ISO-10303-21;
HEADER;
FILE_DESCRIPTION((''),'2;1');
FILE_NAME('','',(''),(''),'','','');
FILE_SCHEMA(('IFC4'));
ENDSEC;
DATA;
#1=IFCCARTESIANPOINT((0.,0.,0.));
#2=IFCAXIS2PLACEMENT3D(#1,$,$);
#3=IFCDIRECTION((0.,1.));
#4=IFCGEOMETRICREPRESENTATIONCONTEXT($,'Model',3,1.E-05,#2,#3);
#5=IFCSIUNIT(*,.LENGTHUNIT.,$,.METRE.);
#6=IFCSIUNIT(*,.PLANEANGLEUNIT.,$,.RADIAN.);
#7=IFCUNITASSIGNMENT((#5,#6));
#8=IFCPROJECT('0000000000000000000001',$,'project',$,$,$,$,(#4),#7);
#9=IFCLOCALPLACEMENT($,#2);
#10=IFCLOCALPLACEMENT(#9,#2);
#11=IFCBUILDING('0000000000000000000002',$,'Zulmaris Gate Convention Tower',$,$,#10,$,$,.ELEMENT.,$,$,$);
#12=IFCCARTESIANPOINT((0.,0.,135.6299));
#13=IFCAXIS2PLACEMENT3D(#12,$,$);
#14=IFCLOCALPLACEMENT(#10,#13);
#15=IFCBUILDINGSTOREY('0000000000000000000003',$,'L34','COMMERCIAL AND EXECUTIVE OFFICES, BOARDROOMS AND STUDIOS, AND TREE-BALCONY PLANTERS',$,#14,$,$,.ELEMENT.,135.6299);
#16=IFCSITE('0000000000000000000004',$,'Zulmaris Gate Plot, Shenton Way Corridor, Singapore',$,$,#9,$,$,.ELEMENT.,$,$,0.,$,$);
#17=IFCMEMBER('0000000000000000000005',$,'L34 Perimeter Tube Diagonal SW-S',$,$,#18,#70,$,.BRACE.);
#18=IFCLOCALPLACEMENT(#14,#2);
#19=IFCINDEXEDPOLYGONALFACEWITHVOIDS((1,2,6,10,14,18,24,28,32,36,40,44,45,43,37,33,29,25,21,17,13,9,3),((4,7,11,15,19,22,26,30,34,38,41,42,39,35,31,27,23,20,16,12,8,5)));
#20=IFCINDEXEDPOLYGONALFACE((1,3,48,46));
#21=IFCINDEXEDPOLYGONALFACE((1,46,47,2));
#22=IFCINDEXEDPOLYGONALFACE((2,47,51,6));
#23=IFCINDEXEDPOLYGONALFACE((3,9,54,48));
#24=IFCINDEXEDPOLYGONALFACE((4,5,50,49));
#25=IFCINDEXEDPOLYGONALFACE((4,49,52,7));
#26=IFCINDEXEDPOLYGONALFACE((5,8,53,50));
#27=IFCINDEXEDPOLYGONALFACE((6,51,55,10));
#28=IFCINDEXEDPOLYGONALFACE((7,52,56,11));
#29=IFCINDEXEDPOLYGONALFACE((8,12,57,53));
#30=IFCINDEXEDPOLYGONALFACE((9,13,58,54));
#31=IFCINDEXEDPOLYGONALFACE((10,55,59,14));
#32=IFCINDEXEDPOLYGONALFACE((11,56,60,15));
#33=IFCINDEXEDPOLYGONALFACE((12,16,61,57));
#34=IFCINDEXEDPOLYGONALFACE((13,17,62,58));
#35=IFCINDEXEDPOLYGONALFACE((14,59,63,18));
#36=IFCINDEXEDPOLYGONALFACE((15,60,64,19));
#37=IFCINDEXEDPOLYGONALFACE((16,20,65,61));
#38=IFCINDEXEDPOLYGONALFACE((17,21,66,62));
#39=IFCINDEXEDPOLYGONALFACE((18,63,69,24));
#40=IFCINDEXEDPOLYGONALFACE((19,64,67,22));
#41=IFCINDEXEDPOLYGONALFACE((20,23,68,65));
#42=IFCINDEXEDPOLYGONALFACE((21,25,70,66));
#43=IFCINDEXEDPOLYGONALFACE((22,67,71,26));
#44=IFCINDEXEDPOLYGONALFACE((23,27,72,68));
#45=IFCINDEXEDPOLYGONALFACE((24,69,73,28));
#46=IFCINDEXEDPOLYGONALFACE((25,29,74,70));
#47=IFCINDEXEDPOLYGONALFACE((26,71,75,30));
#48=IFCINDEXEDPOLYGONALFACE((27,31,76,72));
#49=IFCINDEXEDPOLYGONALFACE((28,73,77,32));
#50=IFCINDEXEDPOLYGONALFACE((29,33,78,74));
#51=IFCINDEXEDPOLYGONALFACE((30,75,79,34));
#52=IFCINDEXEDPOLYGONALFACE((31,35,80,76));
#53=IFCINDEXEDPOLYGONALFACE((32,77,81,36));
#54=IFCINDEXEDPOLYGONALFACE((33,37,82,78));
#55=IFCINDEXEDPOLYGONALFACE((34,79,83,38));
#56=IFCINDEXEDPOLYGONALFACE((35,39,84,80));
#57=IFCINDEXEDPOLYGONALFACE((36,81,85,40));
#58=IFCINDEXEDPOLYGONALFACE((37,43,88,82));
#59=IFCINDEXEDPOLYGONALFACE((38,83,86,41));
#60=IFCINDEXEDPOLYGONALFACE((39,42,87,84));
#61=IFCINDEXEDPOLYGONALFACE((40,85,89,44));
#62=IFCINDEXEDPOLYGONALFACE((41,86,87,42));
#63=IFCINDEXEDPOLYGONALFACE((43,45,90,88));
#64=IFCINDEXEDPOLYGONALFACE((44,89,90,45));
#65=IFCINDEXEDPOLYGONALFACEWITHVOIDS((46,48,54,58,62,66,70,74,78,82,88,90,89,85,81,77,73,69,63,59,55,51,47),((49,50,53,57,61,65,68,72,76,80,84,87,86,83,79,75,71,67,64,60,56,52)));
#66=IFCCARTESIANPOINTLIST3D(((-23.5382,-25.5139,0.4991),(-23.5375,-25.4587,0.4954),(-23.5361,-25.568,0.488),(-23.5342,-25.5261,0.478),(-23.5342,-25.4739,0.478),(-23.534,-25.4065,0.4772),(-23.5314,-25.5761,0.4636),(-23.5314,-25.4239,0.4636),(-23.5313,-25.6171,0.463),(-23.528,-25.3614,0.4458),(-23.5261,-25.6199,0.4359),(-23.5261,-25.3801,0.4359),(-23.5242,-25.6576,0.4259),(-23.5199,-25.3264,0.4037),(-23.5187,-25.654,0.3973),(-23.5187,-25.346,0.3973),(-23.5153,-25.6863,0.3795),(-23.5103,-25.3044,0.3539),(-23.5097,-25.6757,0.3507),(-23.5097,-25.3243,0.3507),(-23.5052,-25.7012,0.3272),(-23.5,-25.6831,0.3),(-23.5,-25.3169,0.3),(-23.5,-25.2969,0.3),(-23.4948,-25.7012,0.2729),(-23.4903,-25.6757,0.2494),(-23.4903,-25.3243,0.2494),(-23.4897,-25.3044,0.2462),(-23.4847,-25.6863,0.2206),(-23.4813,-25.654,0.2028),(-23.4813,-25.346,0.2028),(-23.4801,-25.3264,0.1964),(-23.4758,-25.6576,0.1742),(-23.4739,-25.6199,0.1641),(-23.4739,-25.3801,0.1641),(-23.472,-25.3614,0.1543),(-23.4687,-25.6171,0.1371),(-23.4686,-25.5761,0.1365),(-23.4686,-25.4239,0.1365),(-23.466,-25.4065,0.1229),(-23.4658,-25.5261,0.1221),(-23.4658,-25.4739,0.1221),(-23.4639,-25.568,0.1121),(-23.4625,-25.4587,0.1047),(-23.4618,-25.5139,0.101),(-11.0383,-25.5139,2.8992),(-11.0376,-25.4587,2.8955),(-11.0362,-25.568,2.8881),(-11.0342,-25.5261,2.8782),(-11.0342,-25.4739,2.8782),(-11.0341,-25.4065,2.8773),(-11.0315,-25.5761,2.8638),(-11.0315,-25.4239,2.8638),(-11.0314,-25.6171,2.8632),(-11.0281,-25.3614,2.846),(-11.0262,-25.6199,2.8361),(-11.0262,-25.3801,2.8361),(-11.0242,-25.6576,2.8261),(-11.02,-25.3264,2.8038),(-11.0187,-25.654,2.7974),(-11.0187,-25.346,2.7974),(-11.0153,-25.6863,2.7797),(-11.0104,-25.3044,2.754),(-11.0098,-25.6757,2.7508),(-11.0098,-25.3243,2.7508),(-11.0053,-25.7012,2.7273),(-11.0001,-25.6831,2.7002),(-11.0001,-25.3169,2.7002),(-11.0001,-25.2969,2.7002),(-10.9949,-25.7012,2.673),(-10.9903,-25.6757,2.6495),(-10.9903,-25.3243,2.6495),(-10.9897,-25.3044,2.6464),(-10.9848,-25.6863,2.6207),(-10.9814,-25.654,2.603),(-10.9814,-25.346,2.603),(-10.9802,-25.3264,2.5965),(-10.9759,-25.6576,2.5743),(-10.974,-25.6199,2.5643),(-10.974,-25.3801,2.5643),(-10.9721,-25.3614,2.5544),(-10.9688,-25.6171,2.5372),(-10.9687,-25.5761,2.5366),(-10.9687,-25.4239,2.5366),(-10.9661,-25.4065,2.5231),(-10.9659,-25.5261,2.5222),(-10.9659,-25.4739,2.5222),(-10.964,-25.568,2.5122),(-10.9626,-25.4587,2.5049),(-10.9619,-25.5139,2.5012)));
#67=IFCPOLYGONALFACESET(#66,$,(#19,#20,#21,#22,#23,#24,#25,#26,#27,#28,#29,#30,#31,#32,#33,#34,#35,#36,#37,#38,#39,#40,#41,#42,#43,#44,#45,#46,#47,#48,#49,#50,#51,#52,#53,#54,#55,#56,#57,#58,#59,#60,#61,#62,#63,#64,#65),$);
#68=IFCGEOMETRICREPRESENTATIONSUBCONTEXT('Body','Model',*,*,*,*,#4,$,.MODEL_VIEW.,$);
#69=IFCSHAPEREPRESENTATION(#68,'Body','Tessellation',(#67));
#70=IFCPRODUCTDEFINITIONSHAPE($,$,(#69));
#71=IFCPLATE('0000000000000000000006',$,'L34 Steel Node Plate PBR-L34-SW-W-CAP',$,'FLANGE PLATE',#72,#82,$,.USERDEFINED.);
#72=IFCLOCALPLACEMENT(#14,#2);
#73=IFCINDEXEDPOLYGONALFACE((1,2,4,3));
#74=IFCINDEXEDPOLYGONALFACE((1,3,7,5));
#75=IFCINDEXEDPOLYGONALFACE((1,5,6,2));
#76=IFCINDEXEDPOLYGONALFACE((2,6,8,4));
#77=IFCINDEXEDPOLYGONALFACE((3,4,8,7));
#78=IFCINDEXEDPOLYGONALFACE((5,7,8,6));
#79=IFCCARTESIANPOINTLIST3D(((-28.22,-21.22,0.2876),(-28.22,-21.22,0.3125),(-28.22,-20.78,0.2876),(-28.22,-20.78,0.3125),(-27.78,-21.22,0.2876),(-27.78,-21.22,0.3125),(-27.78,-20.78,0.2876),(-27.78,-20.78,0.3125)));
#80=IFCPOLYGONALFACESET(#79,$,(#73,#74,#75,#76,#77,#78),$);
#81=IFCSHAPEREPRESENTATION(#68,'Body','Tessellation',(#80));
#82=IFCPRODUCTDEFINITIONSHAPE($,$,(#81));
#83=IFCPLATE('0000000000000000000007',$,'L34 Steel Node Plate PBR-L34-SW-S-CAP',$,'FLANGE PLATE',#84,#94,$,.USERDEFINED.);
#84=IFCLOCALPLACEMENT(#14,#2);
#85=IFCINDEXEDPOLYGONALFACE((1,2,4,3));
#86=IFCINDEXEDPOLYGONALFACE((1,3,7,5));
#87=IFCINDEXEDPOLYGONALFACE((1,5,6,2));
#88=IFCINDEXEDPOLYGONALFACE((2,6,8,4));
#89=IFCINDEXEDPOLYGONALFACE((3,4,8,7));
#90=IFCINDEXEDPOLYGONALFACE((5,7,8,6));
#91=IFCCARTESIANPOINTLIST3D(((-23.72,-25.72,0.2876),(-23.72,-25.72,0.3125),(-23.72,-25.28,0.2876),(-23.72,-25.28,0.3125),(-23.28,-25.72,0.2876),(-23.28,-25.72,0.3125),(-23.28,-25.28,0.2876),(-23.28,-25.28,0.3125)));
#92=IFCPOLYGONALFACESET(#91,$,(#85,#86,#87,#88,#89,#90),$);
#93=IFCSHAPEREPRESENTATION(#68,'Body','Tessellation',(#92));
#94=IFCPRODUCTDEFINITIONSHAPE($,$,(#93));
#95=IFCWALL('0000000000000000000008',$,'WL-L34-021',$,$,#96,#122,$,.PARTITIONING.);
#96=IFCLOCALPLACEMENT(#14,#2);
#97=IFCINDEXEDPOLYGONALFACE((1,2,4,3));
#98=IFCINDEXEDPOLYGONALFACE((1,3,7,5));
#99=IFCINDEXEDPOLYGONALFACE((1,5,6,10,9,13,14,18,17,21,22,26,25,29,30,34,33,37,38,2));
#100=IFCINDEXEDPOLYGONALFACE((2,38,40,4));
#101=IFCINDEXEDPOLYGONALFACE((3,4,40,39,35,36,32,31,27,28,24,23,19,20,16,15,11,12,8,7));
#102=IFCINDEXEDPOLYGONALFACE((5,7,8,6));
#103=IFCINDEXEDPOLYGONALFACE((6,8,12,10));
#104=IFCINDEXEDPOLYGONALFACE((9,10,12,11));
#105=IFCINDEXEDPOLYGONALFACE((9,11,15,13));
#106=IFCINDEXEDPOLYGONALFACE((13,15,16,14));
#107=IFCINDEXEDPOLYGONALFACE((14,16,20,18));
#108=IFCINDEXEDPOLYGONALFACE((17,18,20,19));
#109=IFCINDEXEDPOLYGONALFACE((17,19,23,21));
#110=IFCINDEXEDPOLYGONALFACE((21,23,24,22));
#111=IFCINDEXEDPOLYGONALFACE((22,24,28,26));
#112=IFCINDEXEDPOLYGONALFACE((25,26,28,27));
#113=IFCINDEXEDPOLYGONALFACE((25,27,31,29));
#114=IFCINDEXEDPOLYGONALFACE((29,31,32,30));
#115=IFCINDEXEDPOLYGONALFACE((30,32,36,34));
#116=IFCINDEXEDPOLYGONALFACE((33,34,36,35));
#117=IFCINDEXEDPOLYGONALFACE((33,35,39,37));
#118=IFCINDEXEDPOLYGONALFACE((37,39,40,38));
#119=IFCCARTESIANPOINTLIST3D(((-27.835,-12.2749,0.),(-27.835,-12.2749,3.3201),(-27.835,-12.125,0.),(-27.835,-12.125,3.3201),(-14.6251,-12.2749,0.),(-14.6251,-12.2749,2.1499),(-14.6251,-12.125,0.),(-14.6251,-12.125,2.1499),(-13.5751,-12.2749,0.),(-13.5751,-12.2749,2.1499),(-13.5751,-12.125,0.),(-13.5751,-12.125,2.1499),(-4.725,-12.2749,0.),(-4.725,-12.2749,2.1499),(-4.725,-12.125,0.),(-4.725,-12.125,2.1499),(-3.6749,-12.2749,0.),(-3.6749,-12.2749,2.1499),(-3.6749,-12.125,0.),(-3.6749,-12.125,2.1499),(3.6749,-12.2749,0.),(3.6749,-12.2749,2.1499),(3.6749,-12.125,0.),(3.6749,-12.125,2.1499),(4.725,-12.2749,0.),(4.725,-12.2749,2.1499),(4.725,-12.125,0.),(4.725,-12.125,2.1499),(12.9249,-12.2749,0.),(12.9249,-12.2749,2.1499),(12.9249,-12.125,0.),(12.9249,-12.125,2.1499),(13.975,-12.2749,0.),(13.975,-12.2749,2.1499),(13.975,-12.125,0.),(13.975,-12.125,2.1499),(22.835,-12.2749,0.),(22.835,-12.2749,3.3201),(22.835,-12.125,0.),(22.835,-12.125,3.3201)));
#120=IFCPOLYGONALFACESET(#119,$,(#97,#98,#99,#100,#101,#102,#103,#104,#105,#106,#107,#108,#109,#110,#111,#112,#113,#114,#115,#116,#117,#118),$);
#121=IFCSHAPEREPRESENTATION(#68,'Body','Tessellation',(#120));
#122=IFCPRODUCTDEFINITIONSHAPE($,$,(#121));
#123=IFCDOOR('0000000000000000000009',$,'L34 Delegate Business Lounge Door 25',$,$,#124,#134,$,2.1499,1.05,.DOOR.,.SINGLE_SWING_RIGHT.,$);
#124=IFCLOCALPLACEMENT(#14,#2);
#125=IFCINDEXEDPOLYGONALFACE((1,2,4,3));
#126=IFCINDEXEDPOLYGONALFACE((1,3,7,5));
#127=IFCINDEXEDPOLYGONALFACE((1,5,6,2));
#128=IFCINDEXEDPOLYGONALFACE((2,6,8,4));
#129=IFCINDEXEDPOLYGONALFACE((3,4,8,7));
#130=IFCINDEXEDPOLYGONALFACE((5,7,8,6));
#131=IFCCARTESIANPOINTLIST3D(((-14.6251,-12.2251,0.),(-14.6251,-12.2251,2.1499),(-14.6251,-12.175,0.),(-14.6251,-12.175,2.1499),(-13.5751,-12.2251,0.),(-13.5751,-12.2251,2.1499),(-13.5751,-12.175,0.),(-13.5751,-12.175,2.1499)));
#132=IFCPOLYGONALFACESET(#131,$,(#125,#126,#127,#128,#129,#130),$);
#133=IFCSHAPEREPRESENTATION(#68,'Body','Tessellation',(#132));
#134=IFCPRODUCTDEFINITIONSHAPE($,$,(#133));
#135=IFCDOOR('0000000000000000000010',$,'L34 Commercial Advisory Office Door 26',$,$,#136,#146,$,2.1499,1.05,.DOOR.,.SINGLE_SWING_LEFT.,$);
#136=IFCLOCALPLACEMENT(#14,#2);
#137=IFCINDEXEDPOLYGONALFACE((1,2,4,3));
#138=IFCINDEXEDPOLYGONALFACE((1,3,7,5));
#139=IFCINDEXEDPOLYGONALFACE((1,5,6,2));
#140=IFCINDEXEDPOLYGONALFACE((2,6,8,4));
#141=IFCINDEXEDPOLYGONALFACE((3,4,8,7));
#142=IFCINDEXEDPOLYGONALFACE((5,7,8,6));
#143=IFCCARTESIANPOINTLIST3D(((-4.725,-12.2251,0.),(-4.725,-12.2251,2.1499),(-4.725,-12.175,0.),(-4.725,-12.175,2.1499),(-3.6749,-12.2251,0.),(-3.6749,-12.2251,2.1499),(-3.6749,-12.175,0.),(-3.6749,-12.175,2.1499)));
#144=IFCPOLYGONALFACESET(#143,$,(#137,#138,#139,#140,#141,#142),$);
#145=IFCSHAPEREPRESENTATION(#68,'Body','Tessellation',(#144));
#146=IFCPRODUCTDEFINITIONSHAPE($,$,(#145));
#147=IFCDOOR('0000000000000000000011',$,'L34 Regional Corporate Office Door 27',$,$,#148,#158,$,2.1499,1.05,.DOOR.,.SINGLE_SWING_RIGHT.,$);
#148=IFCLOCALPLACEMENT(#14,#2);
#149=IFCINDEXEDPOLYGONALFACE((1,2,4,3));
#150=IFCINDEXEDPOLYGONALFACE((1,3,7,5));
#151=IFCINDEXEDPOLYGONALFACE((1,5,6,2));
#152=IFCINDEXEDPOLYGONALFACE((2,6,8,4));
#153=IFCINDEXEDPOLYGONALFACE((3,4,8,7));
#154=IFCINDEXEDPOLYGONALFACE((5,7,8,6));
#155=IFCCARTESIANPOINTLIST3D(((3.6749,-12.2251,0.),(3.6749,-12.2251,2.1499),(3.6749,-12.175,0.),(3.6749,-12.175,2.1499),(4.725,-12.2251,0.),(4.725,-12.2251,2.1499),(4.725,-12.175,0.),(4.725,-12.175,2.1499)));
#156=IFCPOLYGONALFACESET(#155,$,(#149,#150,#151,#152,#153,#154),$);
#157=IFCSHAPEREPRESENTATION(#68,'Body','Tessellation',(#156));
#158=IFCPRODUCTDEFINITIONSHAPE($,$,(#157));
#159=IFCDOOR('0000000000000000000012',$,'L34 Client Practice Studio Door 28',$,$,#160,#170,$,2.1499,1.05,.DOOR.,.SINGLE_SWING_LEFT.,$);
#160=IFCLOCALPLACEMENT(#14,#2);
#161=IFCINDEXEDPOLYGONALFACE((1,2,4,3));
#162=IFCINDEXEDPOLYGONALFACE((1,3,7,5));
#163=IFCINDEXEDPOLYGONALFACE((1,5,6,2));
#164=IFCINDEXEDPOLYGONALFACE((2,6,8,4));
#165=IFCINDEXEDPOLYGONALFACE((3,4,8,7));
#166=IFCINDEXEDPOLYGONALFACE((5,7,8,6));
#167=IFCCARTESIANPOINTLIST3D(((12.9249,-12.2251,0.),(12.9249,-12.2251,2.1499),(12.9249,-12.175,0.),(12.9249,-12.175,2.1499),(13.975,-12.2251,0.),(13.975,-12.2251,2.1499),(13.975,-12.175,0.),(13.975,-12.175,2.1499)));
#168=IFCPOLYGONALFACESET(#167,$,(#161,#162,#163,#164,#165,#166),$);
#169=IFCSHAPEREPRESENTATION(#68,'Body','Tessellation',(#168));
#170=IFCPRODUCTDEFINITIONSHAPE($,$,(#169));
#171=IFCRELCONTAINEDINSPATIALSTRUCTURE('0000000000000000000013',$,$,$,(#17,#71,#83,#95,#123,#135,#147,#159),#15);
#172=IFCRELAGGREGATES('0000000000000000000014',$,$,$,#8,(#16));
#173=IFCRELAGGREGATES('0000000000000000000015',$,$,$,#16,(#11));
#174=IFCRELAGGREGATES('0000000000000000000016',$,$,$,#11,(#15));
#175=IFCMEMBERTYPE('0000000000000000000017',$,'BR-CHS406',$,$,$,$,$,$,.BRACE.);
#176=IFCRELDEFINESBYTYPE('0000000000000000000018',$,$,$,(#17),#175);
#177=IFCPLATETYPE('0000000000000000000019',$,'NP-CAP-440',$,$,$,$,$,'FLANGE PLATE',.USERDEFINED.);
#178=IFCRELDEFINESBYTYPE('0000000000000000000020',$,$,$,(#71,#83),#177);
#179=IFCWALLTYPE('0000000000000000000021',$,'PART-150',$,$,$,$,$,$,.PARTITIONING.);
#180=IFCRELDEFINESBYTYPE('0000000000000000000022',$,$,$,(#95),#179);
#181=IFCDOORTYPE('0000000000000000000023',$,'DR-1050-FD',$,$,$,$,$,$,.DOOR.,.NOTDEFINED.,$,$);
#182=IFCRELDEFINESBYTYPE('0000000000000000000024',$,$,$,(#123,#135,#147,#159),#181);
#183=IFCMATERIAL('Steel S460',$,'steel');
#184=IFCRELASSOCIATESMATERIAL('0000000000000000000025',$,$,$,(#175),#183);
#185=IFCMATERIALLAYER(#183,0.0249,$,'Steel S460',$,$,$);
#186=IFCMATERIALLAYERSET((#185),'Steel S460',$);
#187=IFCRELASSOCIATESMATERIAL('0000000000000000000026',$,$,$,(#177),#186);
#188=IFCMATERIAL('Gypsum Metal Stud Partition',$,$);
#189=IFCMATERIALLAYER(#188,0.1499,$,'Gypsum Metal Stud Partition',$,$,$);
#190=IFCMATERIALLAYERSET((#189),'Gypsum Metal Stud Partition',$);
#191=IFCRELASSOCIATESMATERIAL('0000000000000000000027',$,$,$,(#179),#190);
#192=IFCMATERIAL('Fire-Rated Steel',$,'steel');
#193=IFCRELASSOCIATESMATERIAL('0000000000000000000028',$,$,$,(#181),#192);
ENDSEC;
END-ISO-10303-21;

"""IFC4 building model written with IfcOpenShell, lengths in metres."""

from ifc_helpers import new_model, si_unit, direction, frame, frame_2d, origin, origin_2d, place, context, subcontext, project, spatial, rectangle, hollow_circle, extrude, material, layer, layer_set, material_profile, profile_set, type_object, element, fill, save


model = new_model("IFC4")

# Units and contexts
model_context = context("Model", 3, precision=1e-05, world=origin(), true_north=direction((0.0, 1.0)))
body_context = subcontext(model_context, "Body", "Model", "MODEL_VIEW")
ifc_project = project(units=[si_unit("LENGTHUNIT", "METRE"), si_unit("PLANEANGLEUNIT", "RADIAN")], contexts=[model_context])

# Site, building, storey
site_placement = place(None, origin())
site = spatial("IfcSite", under=ifc_project, at=site_placement, Name="Zulmaris Gate Plot, Shenton Way Corridor, Singapore", CompositionType="ELEMENT", RefElevation=0.0)
building_placement = place(site_placement, origin())
building = spatial("IfcBuilding", under=site, at=building_placement, Name="Zulmaris Gate Convention Tower", CompositionType="ELEMENT")
storey_placement = place(building_placement, frame((0.0, 0.0, 135.6299)))
storey = spatial("IfcBuildingStorey", under=building, at=storey_placement, Name="L34", Description="COMMERCIAL AND EXECUTIVE OFFICES, BOARDROOMS AND STUDIOS, AND TREE-BALCONY PLANTERS", CompositionType="ELEMENT", Elevation=135.6299)

# Member
ifc_material_1 = material(Name="Steel S460", Category="steel")
ifc_material_profile_1 = material_profile(ifc_material_1, hollow_circle(Radius=0.2031, WallThickness=0.02, at=origin_2d()), Name="CHS 406.4x20")
ifc_profile_set_1 = profile_set([ifc_material_profile_1], Name="Steel S460")
member_type = type_object("IfcMemberType", Name="BR-CHS406", PredefinedType="BRACE", material=ifc_profile_set_1)
member_1_placement = place(storey_placement, frame((-23.5, -25.5, 0.3), z_axis=(0.98206, 0.0, 0.188567), x_axis=(0.0, 1.0, 0.0)))
element("IfcMember", 1, at=member_1_placement, inside=storey, type_object=member_type, Name="L34 Perimeter Tube Diagonal SW-S", PredefinedType="BRACE", context=body_context, shape_type="SweptSolid", body=[
    extrude(hollow_circle(Radius=0.2031, WallThickness=0.02, at=origin_2d()), origin(), (0.0, 0.0, 1.0), 12.7283),
])

# Plates
ifc_layer_1 = layer(ifc_material_1, 0.0249, Name="Steel S460")
ifc_layer_set_1 = layer_set([ifc_layer_1], Name="Steel S460")
plate_type = type_object("IfcPlateType", Name="NP-CAP-440", ElementType="FLANGE PLATE", PredefinedType="USERDEFINED", material=ifc_layer_set_1)
for number, where, z_axis, x_axis, name in (
    (2, (-28.0, -21.0, 0.2876), (0.0, 0.0, 1.0), (1.0, 0.0, 0.0), "L34 Steel Node Plate PBR-L34-SW-W-CAP"),
    (3, (-23.5, -25.5, 0.2876), (0.0, 0.0, 1.0), (1.0, 0.0, 0.0), "L34 Steel Node Plate PBR-L34-SW-S-CAP"),
):
    element("IfcPlate", number, at=place(storey_placement, frame(where, z_axis=z_axis, x_axis=x_axis)), inside=storey, type_object=plate_type, Name=name, ObjectType="FLANGE PLATE", PredefinedType="USERDEFINED", context=body_context, shape_type="SweptSolid", body=[
        extrude(rectangle(XDim=0.4399, YDim=0.4399, at=origin_2d()), origin(), (0.0, 0.0, 1.0), 0.0249),
    ])

# Wall, openings, doors
ifc_material_2 = material(Name="Gypsum Metal Stud Partition")
ifc_layer_2 = layer(ifc_material_2, 0.1499, Name="Gypsum Metal Stud Partition")
ifc_layer_set_2 = layer_set([ifc_layer_2], Name="Gypsum Metal Stud Partition")
wall_type_1 = type_object("IfcWallType", Name="PART-150", PredefinedType="PARTITIONING", material=ifc_layer_set_2)
wall_1_placement = place(storey_placement, frame((-27.835, -12.2, 0.0), z_axis=(0.0, 0.0, 1.0), x_axis=(1.0, 0.0, 0.0)))
wall_1 = element("IfcWall", 4, at=wall_1_placement, inside=storey, type_object=wall_type_1, Name="WL-L34-021", PredefinedType="PARTITIONING", context=body_context, shape_type="SweptSolid", body=[
    extrude(rectangle(XDim=50.6699, YDim=0.1499, at=frame_2d((25.335, 0.0))), origin(), (0.0, 0.0, 1.0), 3.3201),
])
opening_1_placement = place(wall_1_placement, frame((13.21, 0.0, 0.0)))
opening_1 = element("IfcOpeningElement", 5, at=opening_1_placement, cuts=wall_1, PredefinedType="OPENING", context=body_context, shape_type="SweptSolid", body=[
    extrude(rectangle(XDim=1.05, YDim=2.1499, at=frame_2d((0.5249, 1.075))), frame((0.0, 0.085, 0.0), z_axis=(0.0, -1.0, 0.0), x_axis=(1.0, 0.0, 0.0)), (0.0, 0.0, 1.0), 0.1699),
])
opening_2_placement = place(wall_1_placement, frame((23.1101, 0.0, 0.0)))
opening_2 = element("IfcOpeningElement", 6, at=opening_2_placement, cuts=wall_1, PredefinedType="OPENING", context=body_context, shape_type="SweptSolid", body=[
    extrude(rectangle(XDim=1.05, YDim=2.1499, at=frame_2d((0.5249, 1.075))), frame((0.0, 0.085, 0.0), z_axis=(0.0, -1.0, 0.0), x_axis=(1.0, 0.0, 0.0)), (0.0, 0.0, 1.0), 0.1699),
])
opening_3_placement = place(wall_1_placement, frame((31.51, 0.0, 0.0)))
opening_3 = element("IfcOpeningElement", 7, at=opening_3_placement, cuts=wall_1, PredefinedType="OPENING", context=body_context, shape_type="SweptSolid", body=[
    extrude(rectangle(XDim=1.05, YDim=2.1499, at=frame_2d((0.5249, 1.075))), frame((0.0, 0.085, 0.0), z_axis=(0.0, -1.0, 0.0), x_axis=(1.0, 0.0, 0.0)), (0.0, 0.0, 1.0), 0.1699),
])
opening_4_placement = place(wall_1_placement, frame((40.76, 0.0, 0.0)))
opening_4 = element("IfcOpeningElement", 8, at=opening_4_placement, cuts=wall_1, PredefinedType="OPENING", context=body_context, shape_type="SweptSolid", body=[
    extrude(rectangle(XDim=1.05, YDim=2.1499, at=frame_2d((0.5249, 1.075))), frame((0.0, 0.085, 0.0), z_axis=(0.0, -1.0, 0.0), x_axis=(1.0, 0.0, 0.0)), (0.0, 0.0, 1.0), 0.1699),
])
ifc_material_3 = material(Name="Fire-Rated Steel", Category="steel")
door_type_1 = type_object("IfcDoorType", Name="DR-1050-FD", OperationType="NOTDEFINED", PredefinedType="DOOR", material=ifc_material_3)
door_1_placement = place(opening_1_placement, origin())
door_1 = element("IfcDoor", 9, at=door_1_placement, inside=storey, type_object=door_type_1, Name="L34 Delegate Business Lounge Door 25", OperationType="SINGLE_SWING_RIGHT", OverallHeight=2.1499, OverallWidth=1.05, PredefinedType="DOOR", context=body_context, shape_type="SweptSolid", body=[
    extrude(rectangle(XDim=1.05, YDim=2.1499, at=frame_2d((0.5249, 1.075))), frame((0.0, 0.0249, 0.0), z_axis=(0.0, -1.0, 0.0), x_axis=(1.0, 0.0, 0.0)), (0.0, 0.0, 1.0), 0.05),
])
fill(opening_1, door_1)
door_2_placement = place(opening_2_placement, origin())
door_2 = element("IfcDoor", 10, at=door_2_placement, inside=storey, type_object=door_type_1, Name="L34 Commercial Advisory Office Door 26", OperationType="SINGLE_SWING_LEFT", OverallHeight=2.1499, OverallWidth=1.05, PredefinedType="DOOR", context=body_context, shape_type="SweptSolid", body=[
    extrude(rectangle(XDim=1.05, YDim=2.1499, at=frame_2d((0.5249, 1.075))), frame((0.0, 0.0249, 0.0), z_axis=(0.0, -1.0, 0.0), x_axis=(1.0, 0.0, 0.0)), (0.0, 0.0, 1.0), 0.05),
])
fill(opening_2, door_2)
door_3_placement = place(opening_3_placement, origin())
door_3 = element("IfcDoor", 11, at=door_3_placement, inside=storey, type_object=door_type_1, Name="L34 Regional Corporate Office Door 27", OperationType="SINGLE_SWING_RIGHT", OverallHeight=2.1499, OverallWidth=1.05, PredefinedType="DOOR", context=body_context, shape_type="SweptSolid", body=[
    extrude(rectangle(XDim=1.05, YDim=2.1499, at=frame_2d((0.5249, 1.075))), frame((0.0, 0.0249, 0.0), z_axis=(0.0, -1.0, 0.0), x_axis=(1.0, 0.0, 0.0)), (0.0, 0.0, 1.0), 0.05),
])
fill(opening_3, door_3)
door_4_placement = place(opening_4_placement, origin())
door_4 = element("IfcDoor", 12, at=door_4_placement, inside=storey, type_object=door_type_1, Name="L34 Client Practice Studio Door 28", OperationType="SINGLE_SWING_LEFT", OverallHeight=2.1499, OverallWidth=1.05, PredefinedType="DOOR", context=body_context, shape_type="SweptSolid", body=[
    extrude(rectangle(XDim=1.05, YDim=2.1499, at=frame_2d((0.5249, 1.075))), frame((0.0, 0.0249, 0.0), z_axis=(0.0, -1.0, 0.0), x_axis=(1.0, 0.0, 0.0)), (0.0, 0.0, 1.0), 0.05),
])
fill(opening_4, door_4)

save(model, "model.ifc")
